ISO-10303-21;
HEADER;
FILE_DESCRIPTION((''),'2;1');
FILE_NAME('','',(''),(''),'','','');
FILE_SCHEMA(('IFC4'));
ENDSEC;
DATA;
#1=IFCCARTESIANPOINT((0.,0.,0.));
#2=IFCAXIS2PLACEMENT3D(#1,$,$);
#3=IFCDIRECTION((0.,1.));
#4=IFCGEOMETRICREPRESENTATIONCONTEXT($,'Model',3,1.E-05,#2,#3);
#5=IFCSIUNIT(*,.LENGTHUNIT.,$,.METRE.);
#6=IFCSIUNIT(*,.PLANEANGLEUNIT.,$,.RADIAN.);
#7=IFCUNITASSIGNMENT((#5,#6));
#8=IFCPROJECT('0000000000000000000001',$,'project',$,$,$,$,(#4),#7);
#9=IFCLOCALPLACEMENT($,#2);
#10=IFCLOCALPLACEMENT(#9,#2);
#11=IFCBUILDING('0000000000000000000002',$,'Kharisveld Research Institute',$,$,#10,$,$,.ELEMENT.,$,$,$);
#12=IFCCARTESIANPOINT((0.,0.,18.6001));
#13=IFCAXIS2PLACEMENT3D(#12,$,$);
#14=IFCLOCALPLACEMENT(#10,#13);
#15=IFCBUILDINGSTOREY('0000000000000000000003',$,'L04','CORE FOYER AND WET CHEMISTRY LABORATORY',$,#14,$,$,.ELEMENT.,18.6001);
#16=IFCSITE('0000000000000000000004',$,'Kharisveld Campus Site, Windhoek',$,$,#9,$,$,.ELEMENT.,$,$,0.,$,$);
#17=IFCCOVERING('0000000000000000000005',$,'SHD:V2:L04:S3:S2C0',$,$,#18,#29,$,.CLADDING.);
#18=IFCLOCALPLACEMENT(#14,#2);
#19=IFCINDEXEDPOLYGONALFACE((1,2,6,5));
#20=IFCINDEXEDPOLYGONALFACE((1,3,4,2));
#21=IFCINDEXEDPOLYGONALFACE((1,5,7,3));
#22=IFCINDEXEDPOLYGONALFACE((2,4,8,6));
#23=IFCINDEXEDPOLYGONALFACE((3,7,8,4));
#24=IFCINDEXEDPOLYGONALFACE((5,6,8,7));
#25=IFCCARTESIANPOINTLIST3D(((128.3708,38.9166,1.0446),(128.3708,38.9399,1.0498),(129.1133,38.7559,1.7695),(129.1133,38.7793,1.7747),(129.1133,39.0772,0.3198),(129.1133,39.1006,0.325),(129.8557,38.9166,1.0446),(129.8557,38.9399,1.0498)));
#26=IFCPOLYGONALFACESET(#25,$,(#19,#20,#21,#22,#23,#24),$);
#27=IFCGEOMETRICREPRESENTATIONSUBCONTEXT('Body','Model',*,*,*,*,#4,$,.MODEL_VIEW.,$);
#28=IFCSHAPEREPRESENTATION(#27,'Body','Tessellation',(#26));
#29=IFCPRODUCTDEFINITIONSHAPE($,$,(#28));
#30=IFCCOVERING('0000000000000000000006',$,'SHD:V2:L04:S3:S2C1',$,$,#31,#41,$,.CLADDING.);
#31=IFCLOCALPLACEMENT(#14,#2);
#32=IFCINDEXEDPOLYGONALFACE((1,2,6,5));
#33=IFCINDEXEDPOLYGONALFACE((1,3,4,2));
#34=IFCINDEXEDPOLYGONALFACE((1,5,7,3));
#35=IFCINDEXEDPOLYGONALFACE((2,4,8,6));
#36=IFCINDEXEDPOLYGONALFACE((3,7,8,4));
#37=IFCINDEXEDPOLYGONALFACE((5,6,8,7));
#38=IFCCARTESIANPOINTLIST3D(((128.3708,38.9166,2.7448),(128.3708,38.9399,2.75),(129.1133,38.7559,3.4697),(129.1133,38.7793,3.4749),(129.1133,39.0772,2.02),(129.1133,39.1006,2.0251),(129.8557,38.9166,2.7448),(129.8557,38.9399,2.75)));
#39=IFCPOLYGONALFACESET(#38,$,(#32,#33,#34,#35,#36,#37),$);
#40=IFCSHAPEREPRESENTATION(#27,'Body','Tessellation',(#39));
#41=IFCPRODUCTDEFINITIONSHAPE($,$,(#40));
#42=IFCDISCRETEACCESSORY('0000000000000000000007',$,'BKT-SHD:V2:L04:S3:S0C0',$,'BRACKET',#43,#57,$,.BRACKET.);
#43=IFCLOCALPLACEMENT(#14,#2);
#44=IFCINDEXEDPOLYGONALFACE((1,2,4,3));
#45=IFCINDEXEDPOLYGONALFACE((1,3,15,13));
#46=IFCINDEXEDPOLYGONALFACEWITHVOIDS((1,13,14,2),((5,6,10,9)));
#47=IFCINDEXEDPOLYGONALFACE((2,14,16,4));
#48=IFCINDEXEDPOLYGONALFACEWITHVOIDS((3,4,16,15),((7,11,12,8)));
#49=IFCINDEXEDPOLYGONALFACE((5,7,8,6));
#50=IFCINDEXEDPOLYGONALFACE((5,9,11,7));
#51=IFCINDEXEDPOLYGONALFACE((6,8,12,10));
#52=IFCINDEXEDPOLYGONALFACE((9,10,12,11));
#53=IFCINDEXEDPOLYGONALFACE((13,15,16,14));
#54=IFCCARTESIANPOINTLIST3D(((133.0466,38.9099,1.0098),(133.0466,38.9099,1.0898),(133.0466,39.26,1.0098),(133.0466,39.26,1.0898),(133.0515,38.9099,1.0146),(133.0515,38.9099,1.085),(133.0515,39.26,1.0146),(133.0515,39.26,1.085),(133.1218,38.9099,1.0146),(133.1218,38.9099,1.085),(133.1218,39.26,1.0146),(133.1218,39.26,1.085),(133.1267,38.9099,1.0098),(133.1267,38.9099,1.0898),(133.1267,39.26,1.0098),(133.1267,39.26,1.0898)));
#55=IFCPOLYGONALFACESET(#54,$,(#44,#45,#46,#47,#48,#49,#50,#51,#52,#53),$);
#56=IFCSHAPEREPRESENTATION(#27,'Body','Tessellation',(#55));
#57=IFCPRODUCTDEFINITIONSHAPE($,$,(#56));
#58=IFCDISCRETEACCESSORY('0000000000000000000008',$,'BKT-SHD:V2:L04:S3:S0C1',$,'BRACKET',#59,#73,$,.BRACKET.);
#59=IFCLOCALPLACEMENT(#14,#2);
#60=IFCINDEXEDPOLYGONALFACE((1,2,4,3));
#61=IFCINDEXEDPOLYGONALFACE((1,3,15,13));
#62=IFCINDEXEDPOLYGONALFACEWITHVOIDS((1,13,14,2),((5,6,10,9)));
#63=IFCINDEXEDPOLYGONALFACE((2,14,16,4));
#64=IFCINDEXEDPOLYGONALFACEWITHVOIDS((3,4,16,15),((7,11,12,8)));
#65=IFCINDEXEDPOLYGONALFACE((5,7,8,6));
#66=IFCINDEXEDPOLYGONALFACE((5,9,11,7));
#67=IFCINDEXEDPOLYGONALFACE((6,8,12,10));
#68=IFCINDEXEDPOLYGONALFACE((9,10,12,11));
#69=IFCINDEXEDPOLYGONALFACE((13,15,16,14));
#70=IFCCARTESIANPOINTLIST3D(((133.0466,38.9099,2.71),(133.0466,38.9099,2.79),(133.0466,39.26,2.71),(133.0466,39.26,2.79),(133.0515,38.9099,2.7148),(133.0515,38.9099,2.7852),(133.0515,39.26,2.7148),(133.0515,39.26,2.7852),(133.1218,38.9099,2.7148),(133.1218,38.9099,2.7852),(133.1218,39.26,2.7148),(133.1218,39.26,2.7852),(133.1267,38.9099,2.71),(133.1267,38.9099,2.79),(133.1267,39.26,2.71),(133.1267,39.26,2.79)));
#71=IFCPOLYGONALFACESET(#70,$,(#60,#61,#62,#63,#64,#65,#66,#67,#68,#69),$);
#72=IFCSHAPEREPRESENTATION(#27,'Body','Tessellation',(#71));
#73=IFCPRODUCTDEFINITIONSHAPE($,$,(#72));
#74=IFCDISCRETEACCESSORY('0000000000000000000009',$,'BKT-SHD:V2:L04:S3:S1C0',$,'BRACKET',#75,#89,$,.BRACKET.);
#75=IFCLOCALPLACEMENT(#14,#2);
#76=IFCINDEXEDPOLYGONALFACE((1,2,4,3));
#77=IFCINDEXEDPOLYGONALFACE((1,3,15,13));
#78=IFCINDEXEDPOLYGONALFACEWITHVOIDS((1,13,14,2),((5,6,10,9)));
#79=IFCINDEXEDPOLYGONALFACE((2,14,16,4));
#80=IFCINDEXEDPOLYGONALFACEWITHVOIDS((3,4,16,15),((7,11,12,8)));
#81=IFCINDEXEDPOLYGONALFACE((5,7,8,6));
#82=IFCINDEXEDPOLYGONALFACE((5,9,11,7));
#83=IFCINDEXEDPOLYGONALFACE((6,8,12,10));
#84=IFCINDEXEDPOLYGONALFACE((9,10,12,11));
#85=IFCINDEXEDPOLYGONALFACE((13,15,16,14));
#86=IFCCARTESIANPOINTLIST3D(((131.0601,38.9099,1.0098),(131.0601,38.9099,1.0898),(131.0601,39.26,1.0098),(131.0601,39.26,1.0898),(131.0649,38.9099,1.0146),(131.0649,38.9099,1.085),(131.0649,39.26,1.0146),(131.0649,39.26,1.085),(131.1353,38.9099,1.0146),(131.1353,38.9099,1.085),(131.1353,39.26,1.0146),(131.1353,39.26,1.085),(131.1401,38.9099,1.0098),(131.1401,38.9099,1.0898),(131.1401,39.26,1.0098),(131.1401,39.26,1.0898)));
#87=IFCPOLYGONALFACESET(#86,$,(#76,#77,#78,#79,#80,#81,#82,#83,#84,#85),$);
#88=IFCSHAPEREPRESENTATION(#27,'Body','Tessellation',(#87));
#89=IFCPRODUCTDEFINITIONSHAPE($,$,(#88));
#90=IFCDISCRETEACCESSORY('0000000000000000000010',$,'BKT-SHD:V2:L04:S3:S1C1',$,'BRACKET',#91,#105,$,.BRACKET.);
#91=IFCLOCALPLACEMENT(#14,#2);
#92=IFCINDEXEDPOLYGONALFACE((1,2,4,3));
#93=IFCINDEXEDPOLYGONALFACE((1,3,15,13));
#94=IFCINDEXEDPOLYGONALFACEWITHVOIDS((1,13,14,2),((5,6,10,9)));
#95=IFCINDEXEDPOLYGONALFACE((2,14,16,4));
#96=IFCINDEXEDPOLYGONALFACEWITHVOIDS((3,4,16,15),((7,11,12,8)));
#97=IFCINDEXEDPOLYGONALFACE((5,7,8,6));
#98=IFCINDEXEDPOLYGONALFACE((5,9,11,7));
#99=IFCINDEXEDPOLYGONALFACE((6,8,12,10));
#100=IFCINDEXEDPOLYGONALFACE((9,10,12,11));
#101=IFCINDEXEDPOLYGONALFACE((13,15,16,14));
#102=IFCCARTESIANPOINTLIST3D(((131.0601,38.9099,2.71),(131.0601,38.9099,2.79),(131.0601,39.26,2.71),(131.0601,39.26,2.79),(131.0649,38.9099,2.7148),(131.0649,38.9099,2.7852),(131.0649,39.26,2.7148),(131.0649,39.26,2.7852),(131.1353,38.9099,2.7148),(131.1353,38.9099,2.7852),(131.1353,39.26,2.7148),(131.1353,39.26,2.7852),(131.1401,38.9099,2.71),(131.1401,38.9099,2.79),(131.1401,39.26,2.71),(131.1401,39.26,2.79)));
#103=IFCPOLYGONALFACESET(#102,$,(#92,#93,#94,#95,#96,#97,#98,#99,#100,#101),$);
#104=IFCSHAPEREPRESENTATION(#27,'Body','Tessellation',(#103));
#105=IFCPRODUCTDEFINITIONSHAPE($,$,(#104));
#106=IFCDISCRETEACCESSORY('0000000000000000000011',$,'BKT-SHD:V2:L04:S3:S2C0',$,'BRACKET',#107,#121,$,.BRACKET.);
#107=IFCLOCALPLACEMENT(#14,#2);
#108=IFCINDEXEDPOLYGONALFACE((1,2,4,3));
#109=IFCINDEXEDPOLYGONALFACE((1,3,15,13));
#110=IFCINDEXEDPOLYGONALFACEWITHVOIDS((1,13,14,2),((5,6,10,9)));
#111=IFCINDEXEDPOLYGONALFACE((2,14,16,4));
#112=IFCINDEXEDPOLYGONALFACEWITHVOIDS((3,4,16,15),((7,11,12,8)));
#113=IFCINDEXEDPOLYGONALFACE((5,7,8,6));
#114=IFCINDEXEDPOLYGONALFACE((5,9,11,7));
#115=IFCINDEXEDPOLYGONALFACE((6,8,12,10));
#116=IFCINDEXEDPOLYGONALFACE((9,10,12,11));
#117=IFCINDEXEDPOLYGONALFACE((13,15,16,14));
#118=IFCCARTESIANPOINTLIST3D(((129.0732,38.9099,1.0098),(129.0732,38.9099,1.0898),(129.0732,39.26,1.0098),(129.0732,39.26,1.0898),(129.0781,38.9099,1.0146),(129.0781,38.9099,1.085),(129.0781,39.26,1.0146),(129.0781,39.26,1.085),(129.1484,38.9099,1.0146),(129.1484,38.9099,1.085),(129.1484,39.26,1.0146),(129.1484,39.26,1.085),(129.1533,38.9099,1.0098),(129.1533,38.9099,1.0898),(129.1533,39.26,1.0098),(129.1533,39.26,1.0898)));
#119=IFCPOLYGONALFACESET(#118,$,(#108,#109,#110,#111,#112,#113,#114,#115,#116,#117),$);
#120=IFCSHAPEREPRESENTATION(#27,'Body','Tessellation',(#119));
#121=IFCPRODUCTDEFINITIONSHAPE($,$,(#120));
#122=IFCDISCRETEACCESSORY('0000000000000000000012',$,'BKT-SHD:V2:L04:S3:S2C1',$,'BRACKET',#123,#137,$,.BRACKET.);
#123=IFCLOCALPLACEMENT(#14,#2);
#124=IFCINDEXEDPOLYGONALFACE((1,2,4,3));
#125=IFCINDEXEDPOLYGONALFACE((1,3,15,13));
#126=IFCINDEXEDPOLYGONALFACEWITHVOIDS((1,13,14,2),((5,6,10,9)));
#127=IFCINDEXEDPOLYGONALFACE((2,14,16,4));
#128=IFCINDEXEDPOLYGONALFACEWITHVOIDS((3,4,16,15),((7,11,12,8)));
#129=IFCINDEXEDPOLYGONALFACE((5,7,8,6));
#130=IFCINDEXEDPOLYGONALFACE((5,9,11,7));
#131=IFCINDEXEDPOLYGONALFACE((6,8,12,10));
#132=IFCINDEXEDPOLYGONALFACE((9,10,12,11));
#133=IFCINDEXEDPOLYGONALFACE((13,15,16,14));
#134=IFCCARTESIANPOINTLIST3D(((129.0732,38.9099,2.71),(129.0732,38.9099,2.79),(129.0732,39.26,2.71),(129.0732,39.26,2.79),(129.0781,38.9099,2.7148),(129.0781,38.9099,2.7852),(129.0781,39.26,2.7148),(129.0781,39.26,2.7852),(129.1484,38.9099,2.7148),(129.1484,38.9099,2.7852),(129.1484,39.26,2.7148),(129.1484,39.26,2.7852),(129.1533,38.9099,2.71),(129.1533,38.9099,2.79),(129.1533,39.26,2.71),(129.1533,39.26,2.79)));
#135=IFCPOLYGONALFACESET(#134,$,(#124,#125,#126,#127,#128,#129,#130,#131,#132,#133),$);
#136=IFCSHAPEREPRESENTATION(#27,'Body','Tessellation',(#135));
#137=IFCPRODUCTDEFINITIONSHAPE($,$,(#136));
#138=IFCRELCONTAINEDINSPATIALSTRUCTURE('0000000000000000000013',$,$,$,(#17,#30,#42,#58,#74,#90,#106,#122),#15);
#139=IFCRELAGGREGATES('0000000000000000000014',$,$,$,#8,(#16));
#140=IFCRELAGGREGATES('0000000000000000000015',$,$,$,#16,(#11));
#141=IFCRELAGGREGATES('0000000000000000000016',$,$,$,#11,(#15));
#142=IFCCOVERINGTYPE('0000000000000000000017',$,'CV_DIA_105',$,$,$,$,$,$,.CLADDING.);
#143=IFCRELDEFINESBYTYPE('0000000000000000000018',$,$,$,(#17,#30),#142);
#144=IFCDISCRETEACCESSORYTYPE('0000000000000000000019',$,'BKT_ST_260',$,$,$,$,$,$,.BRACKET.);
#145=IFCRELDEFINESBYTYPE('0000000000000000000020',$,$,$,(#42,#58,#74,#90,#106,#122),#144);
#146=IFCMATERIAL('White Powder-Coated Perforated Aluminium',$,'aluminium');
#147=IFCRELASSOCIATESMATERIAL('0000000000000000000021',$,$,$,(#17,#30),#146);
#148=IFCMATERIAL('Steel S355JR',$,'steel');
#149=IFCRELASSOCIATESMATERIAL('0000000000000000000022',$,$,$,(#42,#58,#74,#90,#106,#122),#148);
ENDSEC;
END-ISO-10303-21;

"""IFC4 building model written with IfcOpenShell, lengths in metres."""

from ifc_helpers import new_model, si_unit, direction, frame, origin, origin_2d, place, context, subcontext, project, spatial, polyline, hollow_rectangle, outline, extrude, material, type_object, element, save


model = new_model("IFC4")

# Units and contexts
model_context = context("Model", 3, precision=1e-05, world=origin(), true_north=direction((0.0, 1.0)))
body_context = subcontext(model_context, "Body", "Model", "MODEL_VIEW")
ifc_project = project(units=[si_unit("LENGTHUNIT", "METRE"), si_unit("PLANEANGLEUNIT", "RADIAN")], contexts=[model_context])

# Site, building, storey
site_placement = place(None, origin())
site = spatial("IfcSite", under=ifc_project, at=site_placement, Name="Kharisveld Campus Site, Windhoek", CompositionType="ELEMENT", RefElevation=0.0)
building_placement = place(site_placement, origin())
building = spatial("IfcBuilding", under=site, at=building_placement, Name="Kharisveld Research Institute", CompositionType="ELEMENT")
storey_placement = place(building_placement, frame((0.0, 0.0, 18.6001)))
storey = spatial("IfcBuildingStorey", under=building, at=storey_placement, Name="L04", Description="CORE FOYER AND WET CHEMISTRY LABORATORY", CompositionType="ELEMENT", Elevation=18.6001)

# Coverings
ifc_material_1 = material(Name="White Powder-Coated Perforated Aluminium", Category="aluminium")
covering_type = type_object("IfcCoveringType", Name="CV_DIA_105", PredefinedType="CLADDING")
for number, where, z_axis, x_axis, name in (
    (1, (129.1133, 39.1006, 0.325), (0.0, 0.976311, 0.216373), (-0.707102, -0.153, 0.69036), "SHD:V2:L04:S3:S2C0"),
    (2, (129.1133, 39.1006, 2.0251), (0.0, 0.976311, 0.216373), (-0.707102, -0.153, 0.69036), "SHD:V2:L04:S3:S2C1"),
):
    element("IfcCovering", number, at=place(storey_placement, frame(where, z_axis=z_axis, x_axis=x_axis)), inside=storey, type_object=covering_type, material=ifc_material_1, Name=name, PredefinedType="CLADDING", context=body_context, shape_type="SweptSolid", body=[
        extrude(outline(polyline([(0.0, 0.0), (1.05, 0.0), (1.05, 1.05), (0.0, 1.05), (0.0, 0.0)])), origin(), (0.0, 0.0, -1.0), 0.0239),
    ])

# Discrete accessories
ifc_material_2 = material(Name="Steel S355JR", Category="steel")
discrete_accessory_type = type_object("IfcDiscreteAccessoryType", Name="BKT_ST_260", PredefinedType="BRACKET")
for number, where, z_axis, x_axis, name in (
    (3, (133.0867, 39.26, 1.0498), (0.0, -1.0, 0.0), (1.0, 0.0, 0.0), "BKT-SHD:V2:L04:S3:S0C0"),
    (4, (133.0867, 39.26, 2.75), (0.0, -1.0, 0.0), (1.0, 0.0, 0.0), "BKT-SHD:V2:L04:S3:S0C1"),
    (5, (131.1001, 39.26, 1.0498), (0.0, -1.0, 0.0), (1.0, 0.0, 0.0), "BKT-SHD:V2:L04:S3:S1C0"),
    (6, (131.1001, 39.26, 2.75), (0.0, -1.0, 0.0), (1.0, 0.0, 0.0), "BKT-SHD:V2:L04:S3:S1C1"),
    (7, (129.1133, 39.26, 1.0498), (0.0, -1.0, 0.0), (1.0, 0.0, 0.0), "BKT-SHD:V2:L04:S3:S2C0"),
    (8, (129.1133, 39.26, 2.75), (0.0, -1.0, 0.0), (1.0, 0.0, 0.0), "BKT-SHD:V2:L04:S3:S2C1"),
):
    element("IfcDiscreteAccessory", number, at=place(storey_placement, frame(where, z_axis=z_axis, x_axis=x_axis)), inside=storey, type_object=discrete_accessory_type, material=ifc_material_2, Name=name, ObjectType="BRACKET", PredefinedType="BRACKET", context=body_context, shape_type="SweptSolid", body=[
        extrude(hollow_rectangle(XDim=0.0801, YDim=0.0801, WallThickness=0.0049, at=origin_2d()), origin(), (0.0, 0.0, 1.0), 0.3501),
    ])

save(model, "model.ifc")
